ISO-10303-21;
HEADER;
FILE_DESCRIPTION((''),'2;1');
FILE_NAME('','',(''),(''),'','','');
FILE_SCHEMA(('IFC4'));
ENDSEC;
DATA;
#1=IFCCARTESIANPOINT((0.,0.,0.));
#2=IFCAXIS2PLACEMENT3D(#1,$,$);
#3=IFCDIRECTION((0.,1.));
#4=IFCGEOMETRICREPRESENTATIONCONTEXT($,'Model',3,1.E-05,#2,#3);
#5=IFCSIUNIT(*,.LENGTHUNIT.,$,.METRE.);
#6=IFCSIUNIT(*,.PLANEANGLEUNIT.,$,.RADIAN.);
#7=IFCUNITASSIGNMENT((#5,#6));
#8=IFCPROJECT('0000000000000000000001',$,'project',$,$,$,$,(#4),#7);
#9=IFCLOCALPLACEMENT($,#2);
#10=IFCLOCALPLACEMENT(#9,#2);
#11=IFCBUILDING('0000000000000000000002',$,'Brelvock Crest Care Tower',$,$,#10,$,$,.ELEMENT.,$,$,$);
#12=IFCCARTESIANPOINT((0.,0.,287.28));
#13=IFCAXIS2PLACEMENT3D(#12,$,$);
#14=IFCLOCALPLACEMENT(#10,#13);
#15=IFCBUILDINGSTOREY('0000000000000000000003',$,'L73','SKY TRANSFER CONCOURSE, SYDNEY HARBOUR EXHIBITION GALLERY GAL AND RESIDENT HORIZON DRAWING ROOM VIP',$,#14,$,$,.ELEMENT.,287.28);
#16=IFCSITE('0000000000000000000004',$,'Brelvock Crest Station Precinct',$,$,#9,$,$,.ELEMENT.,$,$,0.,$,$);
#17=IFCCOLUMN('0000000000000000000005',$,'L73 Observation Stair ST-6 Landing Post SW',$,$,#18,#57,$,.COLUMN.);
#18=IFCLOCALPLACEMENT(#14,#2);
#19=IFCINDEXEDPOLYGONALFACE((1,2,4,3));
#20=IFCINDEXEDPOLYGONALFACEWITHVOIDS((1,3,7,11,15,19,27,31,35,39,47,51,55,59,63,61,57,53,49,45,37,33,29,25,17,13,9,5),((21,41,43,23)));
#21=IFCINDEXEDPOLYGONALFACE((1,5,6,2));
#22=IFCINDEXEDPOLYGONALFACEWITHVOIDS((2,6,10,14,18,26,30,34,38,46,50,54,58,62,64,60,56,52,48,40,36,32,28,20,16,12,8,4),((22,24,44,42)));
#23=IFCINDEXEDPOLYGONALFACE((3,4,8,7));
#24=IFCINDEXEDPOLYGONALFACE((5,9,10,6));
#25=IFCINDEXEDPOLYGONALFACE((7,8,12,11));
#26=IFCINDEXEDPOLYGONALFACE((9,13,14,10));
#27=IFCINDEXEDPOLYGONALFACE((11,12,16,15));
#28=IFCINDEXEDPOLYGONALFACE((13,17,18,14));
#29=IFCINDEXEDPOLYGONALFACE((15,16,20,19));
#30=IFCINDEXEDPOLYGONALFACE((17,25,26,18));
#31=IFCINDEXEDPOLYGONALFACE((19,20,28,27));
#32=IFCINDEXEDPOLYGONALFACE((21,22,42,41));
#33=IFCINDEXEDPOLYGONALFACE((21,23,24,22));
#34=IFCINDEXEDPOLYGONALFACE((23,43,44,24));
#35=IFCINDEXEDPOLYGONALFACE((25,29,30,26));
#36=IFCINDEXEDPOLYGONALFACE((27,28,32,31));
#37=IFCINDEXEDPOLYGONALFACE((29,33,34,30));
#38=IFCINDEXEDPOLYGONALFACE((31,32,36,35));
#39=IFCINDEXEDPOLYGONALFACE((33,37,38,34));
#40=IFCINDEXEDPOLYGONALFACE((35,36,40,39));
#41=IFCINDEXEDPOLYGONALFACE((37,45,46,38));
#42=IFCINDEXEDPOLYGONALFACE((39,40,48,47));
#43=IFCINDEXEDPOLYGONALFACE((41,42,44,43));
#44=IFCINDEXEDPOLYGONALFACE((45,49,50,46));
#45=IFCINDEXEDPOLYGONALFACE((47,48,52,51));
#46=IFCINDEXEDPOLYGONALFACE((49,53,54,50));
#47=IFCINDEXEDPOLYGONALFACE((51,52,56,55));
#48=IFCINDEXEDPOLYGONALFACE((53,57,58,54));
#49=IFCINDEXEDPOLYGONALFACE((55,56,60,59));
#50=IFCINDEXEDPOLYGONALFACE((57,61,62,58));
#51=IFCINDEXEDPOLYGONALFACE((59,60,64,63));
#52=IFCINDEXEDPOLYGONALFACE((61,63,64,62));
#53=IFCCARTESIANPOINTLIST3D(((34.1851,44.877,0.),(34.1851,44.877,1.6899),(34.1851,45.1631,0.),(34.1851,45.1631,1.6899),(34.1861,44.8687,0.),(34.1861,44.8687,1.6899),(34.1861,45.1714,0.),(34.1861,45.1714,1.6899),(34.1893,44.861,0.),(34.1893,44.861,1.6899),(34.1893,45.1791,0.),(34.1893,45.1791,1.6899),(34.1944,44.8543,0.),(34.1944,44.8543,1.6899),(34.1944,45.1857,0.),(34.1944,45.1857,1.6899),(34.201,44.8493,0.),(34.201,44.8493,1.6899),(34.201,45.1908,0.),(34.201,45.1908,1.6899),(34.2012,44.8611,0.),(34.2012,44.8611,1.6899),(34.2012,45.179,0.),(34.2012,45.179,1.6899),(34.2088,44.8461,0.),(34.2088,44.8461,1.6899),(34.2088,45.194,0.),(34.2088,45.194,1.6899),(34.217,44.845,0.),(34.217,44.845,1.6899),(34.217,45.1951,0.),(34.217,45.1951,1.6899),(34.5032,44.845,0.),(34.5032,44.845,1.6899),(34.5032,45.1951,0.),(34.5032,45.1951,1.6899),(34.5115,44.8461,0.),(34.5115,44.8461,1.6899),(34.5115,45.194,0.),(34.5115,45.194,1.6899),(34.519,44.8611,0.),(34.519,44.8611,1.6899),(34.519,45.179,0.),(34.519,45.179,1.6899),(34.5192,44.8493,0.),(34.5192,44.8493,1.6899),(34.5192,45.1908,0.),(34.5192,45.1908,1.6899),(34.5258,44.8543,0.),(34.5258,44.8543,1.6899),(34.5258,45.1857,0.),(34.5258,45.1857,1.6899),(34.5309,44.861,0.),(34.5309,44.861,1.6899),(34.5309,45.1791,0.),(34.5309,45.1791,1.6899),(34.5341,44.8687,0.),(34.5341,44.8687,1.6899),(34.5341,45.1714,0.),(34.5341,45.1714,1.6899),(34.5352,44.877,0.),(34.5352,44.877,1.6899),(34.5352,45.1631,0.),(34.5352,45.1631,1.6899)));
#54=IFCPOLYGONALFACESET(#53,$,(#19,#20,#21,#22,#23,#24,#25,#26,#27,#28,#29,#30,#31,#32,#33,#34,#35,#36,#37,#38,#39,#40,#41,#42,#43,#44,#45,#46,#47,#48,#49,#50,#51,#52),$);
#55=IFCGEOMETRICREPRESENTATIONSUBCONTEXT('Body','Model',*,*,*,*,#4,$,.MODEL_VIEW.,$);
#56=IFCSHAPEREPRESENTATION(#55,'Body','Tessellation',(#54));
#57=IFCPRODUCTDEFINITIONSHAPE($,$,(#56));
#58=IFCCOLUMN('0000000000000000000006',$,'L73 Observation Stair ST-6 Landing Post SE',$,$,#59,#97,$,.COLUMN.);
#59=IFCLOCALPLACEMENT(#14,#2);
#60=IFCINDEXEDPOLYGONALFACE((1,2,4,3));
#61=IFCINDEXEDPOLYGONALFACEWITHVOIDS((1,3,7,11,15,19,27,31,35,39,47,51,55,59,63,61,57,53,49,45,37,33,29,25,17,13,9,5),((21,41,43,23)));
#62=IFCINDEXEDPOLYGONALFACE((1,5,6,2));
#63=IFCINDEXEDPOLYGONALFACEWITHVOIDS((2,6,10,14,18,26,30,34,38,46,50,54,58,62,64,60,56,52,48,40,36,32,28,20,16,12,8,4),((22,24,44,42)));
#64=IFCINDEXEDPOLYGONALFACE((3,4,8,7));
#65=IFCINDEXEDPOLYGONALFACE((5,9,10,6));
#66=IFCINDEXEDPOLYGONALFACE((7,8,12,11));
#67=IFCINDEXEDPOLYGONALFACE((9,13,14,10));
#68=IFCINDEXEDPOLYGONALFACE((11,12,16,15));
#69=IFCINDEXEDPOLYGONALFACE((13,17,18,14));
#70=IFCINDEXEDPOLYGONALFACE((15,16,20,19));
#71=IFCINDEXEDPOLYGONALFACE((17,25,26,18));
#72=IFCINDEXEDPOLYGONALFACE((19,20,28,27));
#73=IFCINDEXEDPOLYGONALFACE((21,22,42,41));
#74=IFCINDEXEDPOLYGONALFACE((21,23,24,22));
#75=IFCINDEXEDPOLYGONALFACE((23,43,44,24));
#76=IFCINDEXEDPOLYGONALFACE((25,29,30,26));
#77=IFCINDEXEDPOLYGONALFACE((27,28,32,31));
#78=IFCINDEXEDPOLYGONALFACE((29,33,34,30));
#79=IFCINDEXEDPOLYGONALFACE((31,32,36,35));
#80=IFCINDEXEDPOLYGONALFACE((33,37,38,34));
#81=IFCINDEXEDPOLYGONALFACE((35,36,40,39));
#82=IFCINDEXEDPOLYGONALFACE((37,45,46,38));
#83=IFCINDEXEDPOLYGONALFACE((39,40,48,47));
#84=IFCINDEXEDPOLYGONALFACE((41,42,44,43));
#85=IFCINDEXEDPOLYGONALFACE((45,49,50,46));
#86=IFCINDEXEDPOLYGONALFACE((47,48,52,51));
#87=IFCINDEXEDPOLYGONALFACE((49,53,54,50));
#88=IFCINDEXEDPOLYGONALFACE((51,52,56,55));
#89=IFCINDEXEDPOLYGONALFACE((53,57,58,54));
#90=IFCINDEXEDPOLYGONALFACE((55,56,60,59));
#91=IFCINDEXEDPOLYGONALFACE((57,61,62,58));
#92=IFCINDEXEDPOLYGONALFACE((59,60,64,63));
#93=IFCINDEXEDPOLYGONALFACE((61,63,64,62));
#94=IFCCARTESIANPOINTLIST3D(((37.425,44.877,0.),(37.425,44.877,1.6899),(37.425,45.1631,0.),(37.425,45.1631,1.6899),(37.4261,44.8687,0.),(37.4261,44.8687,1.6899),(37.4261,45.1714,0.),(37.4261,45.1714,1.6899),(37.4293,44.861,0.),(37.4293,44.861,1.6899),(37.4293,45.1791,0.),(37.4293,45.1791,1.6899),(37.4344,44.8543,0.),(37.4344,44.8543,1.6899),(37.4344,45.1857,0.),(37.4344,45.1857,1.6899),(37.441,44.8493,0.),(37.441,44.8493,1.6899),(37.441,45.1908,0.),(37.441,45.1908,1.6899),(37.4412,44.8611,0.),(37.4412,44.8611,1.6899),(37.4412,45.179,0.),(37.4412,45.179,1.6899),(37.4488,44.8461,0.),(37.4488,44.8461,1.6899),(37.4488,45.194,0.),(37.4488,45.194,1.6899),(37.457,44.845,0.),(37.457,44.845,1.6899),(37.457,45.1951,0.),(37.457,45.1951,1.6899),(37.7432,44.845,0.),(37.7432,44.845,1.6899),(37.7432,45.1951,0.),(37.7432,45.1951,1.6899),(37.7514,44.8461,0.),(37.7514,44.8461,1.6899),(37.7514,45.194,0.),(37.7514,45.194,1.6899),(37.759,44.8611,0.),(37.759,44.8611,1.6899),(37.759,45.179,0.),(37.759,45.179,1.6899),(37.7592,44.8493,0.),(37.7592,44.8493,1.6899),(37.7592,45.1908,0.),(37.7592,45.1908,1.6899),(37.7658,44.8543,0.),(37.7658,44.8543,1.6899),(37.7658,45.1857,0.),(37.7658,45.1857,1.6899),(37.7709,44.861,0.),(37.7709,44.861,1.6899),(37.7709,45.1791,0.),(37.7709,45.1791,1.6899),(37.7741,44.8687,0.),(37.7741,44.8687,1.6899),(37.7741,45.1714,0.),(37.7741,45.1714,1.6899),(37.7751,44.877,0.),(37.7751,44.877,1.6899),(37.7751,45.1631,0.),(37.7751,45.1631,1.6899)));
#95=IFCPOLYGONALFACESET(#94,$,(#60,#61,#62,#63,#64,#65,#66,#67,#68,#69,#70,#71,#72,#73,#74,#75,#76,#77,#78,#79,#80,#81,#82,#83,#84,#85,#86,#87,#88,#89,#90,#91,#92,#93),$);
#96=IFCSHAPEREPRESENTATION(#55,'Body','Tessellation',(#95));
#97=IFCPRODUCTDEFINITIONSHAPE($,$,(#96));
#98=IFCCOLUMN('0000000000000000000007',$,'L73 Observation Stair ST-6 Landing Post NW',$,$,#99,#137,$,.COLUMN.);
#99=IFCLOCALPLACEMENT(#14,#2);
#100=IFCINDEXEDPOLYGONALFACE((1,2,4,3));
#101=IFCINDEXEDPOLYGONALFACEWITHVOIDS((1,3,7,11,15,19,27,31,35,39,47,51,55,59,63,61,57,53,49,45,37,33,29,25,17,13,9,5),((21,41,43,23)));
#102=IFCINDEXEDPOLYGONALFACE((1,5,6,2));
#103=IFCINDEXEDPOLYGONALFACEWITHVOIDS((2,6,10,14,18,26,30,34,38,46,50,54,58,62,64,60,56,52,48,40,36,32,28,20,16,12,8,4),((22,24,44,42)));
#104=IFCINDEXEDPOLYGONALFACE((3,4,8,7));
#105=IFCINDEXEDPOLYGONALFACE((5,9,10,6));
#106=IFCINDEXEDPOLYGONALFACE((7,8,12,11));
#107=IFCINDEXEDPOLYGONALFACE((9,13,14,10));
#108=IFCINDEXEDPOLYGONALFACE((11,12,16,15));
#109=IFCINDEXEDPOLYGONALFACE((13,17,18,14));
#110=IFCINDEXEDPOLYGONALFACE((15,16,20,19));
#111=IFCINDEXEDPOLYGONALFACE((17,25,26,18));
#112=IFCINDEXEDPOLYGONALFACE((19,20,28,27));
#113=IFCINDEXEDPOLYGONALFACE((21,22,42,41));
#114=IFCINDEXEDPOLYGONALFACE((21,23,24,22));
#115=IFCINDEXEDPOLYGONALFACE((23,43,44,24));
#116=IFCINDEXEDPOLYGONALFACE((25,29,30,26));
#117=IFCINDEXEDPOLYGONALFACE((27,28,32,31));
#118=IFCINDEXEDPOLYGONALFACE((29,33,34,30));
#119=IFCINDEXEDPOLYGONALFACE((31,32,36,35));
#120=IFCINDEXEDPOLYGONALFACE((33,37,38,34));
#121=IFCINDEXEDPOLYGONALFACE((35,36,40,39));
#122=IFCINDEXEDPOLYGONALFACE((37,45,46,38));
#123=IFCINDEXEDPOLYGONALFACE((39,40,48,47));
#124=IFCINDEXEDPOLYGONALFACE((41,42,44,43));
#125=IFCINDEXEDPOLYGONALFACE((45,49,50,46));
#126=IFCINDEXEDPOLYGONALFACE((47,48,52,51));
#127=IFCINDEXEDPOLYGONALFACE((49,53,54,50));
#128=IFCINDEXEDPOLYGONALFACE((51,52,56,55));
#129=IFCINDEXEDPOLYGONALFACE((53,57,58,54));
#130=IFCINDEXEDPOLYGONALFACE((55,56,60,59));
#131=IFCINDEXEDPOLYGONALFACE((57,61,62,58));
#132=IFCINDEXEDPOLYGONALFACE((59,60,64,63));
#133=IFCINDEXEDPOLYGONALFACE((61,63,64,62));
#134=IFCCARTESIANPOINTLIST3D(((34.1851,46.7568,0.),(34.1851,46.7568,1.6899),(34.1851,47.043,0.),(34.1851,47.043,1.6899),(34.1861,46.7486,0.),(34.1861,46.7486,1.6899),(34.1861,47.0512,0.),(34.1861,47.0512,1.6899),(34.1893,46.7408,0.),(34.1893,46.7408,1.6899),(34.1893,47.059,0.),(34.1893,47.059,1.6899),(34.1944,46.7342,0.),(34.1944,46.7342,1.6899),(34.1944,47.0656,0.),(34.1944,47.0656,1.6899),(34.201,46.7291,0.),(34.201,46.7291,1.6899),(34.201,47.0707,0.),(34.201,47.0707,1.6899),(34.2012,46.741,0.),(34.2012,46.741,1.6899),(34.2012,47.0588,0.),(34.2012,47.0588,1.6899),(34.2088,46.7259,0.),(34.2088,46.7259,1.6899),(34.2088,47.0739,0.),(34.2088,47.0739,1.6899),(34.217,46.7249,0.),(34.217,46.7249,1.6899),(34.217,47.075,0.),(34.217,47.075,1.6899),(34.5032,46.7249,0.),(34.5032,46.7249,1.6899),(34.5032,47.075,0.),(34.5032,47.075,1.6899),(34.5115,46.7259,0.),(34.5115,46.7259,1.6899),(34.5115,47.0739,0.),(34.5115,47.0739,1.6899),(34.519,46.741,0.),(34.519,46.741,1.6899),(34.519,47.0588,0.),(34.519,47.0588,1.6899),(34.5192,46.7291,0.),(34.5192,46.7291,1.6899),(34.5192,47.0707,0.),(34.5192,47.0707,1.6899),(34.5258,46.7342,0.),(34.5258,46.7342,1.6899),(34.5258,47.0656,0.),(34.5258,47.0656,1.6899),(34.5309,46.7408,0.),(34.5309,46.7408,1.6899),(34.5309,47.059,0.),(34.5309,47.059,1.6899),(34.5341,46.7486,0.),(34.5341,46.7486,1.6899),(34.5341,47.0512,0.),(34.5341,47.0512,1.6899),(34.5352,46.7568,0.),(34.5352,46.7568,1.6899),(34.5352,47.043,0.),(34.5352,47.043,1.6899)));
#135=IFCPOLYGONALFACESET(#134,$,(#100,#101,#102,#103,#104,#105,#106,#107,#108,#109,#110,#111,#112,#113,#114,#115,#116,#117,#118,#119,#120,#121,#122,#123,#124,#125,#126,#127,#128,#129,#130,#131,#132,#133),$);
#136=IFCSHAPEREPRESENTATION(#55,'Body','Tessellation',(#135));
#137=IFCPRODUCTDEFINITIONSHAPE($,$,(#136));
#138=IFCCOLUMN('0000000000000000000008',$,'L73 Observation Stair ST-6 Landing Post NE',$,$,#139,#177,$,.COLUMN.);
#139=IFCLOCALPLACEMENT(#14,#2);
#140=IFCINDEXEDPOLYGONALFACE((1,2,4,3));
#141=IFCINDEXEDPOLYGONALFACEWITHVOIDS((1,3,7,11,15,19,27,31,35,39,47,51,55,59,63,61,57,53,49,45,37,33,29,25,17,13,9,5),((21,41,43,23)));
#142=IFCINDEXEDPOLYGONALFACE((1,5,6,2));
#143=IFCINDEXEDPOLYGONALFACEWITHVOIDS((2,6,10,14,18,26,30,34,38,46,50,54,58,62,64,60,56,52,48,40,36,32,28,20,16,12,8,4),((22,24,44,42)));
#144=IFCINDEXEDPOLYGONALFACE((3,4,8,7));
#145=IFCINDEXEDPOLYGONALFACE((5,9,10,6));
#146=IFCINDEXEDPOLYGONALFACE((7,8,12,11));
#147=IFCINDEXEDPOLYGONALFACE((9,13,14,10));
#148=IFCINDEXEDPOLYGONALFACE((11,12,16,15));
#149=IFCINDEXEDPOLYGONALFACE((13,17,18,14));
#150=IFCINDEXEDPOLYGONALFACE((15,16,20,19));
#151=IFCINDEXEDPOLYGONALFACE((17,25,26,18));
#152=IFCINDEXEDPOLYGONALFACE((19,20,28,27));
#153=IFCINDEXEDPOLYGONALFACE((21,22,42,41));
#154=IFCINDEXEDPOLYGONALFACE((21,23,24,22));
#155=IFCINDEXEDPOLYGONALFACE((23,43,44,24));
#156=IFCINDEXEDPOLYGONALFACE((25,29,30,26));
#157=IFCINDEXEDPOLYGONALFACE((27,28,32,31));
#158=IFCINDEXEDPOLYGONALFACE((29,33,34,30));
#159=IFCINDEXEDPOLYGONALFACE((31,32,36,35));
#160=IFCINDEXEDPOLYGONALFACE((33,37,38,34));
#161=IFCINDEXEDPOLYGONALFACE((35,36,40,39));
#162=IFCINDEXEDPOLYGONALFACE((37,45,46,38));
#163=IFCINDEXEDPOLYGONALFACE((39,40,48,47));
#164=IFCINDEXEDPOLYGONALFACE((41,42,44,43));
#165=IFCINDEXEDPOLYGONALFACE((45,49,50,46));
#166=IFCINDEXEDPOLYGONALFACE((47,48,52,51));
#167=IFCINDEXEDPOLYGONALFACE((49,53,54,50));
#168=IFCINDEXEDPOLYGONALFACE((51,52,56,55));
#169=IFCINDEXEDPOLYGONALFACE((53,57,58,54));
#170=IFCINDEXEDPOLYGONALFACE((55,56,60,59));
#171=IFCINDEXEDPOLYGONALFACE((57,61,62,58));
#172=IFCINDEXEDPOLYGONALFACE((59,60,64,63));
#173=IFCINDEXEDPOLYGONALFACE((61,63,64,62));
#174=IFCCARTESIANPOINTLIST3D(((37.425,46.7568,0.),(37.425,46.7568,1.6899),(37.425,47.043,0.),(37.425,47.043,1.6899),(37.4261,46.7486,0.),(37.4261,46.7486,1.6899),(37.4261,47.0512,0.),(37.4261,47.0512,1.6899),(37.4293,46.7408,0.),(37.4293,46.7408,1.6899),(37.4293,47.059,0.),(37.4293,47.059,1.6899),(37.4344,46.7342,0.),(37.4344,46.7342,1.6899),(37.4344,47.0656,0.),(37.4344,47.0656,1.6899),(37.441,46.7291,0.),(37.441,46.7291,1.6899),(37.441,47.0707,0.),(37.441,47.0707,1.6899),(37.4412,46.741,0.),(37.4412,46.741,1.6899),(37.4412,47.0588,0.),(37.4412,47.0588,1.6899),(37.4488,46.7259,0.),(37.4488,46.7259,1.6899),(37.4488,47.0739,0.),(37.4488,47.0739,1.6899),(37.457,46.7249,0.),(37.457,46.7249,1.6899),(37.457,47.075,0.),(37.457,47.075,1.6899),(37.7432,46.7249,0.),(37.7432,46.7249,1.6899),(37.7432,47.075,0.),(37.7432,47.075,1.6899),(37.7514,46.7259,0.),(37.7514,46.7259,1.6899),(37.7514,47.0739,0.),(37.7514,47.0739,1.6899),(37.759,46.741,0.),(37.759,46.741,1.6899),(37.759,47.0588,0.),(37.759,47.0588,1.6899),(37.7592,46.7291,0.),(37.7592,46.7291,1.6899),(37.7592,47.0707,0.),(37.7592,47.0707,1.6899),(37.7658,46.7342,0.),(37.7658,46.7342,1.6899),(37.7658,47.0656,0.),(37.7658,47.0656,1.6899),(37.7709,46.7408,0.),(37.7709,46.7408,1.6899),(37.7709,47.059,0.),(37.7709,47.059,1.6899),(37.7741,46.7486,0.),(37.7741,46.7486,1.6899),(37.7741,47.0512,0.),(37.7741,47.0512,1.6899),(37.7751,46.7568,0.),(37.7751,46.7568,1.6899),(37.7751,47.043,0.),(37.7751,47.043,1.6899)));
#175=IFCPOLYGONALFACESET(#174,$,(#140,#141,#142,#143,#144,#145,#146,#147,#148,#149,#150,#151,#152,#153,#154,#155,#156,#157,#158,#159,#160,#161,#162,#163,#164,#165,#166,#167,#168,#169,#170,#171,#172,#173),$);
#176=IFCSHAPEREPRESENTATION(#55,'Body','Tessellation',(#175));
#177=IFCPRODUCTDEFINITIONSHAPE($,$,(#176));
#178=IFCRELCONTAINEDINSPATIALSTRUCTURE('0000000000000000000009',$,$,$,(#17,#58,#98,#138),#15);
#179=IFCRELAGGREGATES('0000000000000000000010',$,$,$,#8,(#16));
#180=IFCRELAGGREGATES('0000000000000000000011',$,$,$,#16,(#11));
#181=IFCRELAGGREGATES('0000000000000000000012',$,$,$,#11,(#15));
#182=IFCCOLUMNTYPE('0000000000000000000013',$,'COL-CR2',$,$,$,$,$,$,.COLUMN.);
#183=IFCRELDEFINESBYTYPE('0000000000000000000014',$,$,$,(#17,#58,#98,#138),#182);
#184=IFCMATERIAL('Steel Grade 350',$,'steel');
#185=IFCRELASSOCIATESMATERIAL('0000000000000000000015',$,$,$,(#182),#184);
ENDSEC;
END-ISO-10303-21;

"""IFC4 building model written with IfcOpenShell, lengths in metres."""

from ifc_helpers import new_model, si_unit, direction, frame, origin, origin_2d, place, context, subcontext, project, spatial, hollow_rectangle, extrude, source, transform, mapped, material, material_profile, profile_set, type_object, element, save


model = new_model("IFC4")

# Units and contexts
model_context = context("Model", 3, precision=1e-05, world=origin(), true_north=direction((0.0, 1.0)))
body_context = subcontext(model_context, "Body", "Model", "MODEL_VIEW")
ifc_project = project(units=[si_unit("LENGTHUNIT", "METRE"), si_unit("PLANEANGLEUNIT", "RADIAN")], contexts=[model_context])

# Site, building, storey
site_placement = place(None, origin())
site = spatial("IfcSite", under=ifc_project, at=site_placement, Name="Brelvock Crest Station Precinct", CompositionType="ELEMENT", RefElevation=0.0)
building_placement = place(site_placement, origin())
building = spatial("IfcBuilding", under=site, at=building_placement, Name="Brelvock Crest Care Tower", CompositionType="ELEMENT")
storey_placement = place(building_placement, frame((0.0, 0.0, 287.28)))
storey = spatial("IfcBuildingStorey", under=building, at=storey_placement, Name="L73", Description="SKY TRANSFER CONCOURSE, SYDNEY HARBOUR EXHIBITION GALLERY GAL AND RESIDENT HORIZON DRAWING ROOM VIP", CompositionType="ELEMENT", Elevation=287.28)

# Columns
ifc_material_1 = material(Name="Steel Grade 350", Category="steel")
ifc_material_profile_1 = material_profile(ifc_material_1, hollow_rectangle(XDim=0.3501, YDim=0.3501, WallThickness=0.0161, OuterFilletRadius=0.032, at=origin_2d()), Name="SHS350x350x16.0")
ifc_profile_set_1 = profile_set([ifc_material_profile_1], Name="Steel Grade 350")
column_type = type_object("IfcColumnType", Name="COL-CR2", PredefinedType="COLUMN", material=ifc_profile_set_1)
shared_shape_1 = source(origin(), body_context, "Body", "SweptSolid", [
    extrude(hollow_rectangle(XDim=0.3501, YDim=0.3501, WallThickness=0.0161, OuterFilletRadius=0.032, at=origin_2d()), origin(), (0.0, 0.0, 1.0), 1.6899),
])
for number, where, z_axis, x_axis, name in (
    (1, (34.3601, 45.02, 0.0), (0.0, 0.0, 1.0), (1.0, 0.0, 0.0), "L73 Observation Stair ST-6 Landing Post SW"),
    (2, (37.6001, 45.02, 0.0), (0.0, 0.0, 1.0), (1.0, 0.0, 0.0), "L73 Observation Stair ST-6 Landing Post SE"),
    (3, (34.3601, 46.8999, 0.0), (0.0, 0.0, 1.0), (1.0, 0.0, 0.0), "L73 Observation Stair ST-6 Landing Post NW"),
    (4, (37.6001, 46.8999, 0.0), (0.0, 0.0, 1.0), (1.0, 0.0, 0.0), "L73 Observation Stair ST-6 Landing Post NE"),
):
    element("IfcColumn", number, at=place(storey_placement, frame(where, z_axis=z_axis, x_axis=x_axis)), inside=storey, type_object=column_type, Name=name, PredefinedType="COLUMN", context=body_context, shape_type="MappedRepresentation", body=[
        mapped(shared_shape_1, transform((0.0, 0.0, 0.0), x_axis=(1.0, 0.0, 0.0), y_axis=(0.0, 1.0, 0.0), z_axis=(0.0, 0.0, 1.0), scale=1.0)),
    ])

save(model, "model.ifc")
